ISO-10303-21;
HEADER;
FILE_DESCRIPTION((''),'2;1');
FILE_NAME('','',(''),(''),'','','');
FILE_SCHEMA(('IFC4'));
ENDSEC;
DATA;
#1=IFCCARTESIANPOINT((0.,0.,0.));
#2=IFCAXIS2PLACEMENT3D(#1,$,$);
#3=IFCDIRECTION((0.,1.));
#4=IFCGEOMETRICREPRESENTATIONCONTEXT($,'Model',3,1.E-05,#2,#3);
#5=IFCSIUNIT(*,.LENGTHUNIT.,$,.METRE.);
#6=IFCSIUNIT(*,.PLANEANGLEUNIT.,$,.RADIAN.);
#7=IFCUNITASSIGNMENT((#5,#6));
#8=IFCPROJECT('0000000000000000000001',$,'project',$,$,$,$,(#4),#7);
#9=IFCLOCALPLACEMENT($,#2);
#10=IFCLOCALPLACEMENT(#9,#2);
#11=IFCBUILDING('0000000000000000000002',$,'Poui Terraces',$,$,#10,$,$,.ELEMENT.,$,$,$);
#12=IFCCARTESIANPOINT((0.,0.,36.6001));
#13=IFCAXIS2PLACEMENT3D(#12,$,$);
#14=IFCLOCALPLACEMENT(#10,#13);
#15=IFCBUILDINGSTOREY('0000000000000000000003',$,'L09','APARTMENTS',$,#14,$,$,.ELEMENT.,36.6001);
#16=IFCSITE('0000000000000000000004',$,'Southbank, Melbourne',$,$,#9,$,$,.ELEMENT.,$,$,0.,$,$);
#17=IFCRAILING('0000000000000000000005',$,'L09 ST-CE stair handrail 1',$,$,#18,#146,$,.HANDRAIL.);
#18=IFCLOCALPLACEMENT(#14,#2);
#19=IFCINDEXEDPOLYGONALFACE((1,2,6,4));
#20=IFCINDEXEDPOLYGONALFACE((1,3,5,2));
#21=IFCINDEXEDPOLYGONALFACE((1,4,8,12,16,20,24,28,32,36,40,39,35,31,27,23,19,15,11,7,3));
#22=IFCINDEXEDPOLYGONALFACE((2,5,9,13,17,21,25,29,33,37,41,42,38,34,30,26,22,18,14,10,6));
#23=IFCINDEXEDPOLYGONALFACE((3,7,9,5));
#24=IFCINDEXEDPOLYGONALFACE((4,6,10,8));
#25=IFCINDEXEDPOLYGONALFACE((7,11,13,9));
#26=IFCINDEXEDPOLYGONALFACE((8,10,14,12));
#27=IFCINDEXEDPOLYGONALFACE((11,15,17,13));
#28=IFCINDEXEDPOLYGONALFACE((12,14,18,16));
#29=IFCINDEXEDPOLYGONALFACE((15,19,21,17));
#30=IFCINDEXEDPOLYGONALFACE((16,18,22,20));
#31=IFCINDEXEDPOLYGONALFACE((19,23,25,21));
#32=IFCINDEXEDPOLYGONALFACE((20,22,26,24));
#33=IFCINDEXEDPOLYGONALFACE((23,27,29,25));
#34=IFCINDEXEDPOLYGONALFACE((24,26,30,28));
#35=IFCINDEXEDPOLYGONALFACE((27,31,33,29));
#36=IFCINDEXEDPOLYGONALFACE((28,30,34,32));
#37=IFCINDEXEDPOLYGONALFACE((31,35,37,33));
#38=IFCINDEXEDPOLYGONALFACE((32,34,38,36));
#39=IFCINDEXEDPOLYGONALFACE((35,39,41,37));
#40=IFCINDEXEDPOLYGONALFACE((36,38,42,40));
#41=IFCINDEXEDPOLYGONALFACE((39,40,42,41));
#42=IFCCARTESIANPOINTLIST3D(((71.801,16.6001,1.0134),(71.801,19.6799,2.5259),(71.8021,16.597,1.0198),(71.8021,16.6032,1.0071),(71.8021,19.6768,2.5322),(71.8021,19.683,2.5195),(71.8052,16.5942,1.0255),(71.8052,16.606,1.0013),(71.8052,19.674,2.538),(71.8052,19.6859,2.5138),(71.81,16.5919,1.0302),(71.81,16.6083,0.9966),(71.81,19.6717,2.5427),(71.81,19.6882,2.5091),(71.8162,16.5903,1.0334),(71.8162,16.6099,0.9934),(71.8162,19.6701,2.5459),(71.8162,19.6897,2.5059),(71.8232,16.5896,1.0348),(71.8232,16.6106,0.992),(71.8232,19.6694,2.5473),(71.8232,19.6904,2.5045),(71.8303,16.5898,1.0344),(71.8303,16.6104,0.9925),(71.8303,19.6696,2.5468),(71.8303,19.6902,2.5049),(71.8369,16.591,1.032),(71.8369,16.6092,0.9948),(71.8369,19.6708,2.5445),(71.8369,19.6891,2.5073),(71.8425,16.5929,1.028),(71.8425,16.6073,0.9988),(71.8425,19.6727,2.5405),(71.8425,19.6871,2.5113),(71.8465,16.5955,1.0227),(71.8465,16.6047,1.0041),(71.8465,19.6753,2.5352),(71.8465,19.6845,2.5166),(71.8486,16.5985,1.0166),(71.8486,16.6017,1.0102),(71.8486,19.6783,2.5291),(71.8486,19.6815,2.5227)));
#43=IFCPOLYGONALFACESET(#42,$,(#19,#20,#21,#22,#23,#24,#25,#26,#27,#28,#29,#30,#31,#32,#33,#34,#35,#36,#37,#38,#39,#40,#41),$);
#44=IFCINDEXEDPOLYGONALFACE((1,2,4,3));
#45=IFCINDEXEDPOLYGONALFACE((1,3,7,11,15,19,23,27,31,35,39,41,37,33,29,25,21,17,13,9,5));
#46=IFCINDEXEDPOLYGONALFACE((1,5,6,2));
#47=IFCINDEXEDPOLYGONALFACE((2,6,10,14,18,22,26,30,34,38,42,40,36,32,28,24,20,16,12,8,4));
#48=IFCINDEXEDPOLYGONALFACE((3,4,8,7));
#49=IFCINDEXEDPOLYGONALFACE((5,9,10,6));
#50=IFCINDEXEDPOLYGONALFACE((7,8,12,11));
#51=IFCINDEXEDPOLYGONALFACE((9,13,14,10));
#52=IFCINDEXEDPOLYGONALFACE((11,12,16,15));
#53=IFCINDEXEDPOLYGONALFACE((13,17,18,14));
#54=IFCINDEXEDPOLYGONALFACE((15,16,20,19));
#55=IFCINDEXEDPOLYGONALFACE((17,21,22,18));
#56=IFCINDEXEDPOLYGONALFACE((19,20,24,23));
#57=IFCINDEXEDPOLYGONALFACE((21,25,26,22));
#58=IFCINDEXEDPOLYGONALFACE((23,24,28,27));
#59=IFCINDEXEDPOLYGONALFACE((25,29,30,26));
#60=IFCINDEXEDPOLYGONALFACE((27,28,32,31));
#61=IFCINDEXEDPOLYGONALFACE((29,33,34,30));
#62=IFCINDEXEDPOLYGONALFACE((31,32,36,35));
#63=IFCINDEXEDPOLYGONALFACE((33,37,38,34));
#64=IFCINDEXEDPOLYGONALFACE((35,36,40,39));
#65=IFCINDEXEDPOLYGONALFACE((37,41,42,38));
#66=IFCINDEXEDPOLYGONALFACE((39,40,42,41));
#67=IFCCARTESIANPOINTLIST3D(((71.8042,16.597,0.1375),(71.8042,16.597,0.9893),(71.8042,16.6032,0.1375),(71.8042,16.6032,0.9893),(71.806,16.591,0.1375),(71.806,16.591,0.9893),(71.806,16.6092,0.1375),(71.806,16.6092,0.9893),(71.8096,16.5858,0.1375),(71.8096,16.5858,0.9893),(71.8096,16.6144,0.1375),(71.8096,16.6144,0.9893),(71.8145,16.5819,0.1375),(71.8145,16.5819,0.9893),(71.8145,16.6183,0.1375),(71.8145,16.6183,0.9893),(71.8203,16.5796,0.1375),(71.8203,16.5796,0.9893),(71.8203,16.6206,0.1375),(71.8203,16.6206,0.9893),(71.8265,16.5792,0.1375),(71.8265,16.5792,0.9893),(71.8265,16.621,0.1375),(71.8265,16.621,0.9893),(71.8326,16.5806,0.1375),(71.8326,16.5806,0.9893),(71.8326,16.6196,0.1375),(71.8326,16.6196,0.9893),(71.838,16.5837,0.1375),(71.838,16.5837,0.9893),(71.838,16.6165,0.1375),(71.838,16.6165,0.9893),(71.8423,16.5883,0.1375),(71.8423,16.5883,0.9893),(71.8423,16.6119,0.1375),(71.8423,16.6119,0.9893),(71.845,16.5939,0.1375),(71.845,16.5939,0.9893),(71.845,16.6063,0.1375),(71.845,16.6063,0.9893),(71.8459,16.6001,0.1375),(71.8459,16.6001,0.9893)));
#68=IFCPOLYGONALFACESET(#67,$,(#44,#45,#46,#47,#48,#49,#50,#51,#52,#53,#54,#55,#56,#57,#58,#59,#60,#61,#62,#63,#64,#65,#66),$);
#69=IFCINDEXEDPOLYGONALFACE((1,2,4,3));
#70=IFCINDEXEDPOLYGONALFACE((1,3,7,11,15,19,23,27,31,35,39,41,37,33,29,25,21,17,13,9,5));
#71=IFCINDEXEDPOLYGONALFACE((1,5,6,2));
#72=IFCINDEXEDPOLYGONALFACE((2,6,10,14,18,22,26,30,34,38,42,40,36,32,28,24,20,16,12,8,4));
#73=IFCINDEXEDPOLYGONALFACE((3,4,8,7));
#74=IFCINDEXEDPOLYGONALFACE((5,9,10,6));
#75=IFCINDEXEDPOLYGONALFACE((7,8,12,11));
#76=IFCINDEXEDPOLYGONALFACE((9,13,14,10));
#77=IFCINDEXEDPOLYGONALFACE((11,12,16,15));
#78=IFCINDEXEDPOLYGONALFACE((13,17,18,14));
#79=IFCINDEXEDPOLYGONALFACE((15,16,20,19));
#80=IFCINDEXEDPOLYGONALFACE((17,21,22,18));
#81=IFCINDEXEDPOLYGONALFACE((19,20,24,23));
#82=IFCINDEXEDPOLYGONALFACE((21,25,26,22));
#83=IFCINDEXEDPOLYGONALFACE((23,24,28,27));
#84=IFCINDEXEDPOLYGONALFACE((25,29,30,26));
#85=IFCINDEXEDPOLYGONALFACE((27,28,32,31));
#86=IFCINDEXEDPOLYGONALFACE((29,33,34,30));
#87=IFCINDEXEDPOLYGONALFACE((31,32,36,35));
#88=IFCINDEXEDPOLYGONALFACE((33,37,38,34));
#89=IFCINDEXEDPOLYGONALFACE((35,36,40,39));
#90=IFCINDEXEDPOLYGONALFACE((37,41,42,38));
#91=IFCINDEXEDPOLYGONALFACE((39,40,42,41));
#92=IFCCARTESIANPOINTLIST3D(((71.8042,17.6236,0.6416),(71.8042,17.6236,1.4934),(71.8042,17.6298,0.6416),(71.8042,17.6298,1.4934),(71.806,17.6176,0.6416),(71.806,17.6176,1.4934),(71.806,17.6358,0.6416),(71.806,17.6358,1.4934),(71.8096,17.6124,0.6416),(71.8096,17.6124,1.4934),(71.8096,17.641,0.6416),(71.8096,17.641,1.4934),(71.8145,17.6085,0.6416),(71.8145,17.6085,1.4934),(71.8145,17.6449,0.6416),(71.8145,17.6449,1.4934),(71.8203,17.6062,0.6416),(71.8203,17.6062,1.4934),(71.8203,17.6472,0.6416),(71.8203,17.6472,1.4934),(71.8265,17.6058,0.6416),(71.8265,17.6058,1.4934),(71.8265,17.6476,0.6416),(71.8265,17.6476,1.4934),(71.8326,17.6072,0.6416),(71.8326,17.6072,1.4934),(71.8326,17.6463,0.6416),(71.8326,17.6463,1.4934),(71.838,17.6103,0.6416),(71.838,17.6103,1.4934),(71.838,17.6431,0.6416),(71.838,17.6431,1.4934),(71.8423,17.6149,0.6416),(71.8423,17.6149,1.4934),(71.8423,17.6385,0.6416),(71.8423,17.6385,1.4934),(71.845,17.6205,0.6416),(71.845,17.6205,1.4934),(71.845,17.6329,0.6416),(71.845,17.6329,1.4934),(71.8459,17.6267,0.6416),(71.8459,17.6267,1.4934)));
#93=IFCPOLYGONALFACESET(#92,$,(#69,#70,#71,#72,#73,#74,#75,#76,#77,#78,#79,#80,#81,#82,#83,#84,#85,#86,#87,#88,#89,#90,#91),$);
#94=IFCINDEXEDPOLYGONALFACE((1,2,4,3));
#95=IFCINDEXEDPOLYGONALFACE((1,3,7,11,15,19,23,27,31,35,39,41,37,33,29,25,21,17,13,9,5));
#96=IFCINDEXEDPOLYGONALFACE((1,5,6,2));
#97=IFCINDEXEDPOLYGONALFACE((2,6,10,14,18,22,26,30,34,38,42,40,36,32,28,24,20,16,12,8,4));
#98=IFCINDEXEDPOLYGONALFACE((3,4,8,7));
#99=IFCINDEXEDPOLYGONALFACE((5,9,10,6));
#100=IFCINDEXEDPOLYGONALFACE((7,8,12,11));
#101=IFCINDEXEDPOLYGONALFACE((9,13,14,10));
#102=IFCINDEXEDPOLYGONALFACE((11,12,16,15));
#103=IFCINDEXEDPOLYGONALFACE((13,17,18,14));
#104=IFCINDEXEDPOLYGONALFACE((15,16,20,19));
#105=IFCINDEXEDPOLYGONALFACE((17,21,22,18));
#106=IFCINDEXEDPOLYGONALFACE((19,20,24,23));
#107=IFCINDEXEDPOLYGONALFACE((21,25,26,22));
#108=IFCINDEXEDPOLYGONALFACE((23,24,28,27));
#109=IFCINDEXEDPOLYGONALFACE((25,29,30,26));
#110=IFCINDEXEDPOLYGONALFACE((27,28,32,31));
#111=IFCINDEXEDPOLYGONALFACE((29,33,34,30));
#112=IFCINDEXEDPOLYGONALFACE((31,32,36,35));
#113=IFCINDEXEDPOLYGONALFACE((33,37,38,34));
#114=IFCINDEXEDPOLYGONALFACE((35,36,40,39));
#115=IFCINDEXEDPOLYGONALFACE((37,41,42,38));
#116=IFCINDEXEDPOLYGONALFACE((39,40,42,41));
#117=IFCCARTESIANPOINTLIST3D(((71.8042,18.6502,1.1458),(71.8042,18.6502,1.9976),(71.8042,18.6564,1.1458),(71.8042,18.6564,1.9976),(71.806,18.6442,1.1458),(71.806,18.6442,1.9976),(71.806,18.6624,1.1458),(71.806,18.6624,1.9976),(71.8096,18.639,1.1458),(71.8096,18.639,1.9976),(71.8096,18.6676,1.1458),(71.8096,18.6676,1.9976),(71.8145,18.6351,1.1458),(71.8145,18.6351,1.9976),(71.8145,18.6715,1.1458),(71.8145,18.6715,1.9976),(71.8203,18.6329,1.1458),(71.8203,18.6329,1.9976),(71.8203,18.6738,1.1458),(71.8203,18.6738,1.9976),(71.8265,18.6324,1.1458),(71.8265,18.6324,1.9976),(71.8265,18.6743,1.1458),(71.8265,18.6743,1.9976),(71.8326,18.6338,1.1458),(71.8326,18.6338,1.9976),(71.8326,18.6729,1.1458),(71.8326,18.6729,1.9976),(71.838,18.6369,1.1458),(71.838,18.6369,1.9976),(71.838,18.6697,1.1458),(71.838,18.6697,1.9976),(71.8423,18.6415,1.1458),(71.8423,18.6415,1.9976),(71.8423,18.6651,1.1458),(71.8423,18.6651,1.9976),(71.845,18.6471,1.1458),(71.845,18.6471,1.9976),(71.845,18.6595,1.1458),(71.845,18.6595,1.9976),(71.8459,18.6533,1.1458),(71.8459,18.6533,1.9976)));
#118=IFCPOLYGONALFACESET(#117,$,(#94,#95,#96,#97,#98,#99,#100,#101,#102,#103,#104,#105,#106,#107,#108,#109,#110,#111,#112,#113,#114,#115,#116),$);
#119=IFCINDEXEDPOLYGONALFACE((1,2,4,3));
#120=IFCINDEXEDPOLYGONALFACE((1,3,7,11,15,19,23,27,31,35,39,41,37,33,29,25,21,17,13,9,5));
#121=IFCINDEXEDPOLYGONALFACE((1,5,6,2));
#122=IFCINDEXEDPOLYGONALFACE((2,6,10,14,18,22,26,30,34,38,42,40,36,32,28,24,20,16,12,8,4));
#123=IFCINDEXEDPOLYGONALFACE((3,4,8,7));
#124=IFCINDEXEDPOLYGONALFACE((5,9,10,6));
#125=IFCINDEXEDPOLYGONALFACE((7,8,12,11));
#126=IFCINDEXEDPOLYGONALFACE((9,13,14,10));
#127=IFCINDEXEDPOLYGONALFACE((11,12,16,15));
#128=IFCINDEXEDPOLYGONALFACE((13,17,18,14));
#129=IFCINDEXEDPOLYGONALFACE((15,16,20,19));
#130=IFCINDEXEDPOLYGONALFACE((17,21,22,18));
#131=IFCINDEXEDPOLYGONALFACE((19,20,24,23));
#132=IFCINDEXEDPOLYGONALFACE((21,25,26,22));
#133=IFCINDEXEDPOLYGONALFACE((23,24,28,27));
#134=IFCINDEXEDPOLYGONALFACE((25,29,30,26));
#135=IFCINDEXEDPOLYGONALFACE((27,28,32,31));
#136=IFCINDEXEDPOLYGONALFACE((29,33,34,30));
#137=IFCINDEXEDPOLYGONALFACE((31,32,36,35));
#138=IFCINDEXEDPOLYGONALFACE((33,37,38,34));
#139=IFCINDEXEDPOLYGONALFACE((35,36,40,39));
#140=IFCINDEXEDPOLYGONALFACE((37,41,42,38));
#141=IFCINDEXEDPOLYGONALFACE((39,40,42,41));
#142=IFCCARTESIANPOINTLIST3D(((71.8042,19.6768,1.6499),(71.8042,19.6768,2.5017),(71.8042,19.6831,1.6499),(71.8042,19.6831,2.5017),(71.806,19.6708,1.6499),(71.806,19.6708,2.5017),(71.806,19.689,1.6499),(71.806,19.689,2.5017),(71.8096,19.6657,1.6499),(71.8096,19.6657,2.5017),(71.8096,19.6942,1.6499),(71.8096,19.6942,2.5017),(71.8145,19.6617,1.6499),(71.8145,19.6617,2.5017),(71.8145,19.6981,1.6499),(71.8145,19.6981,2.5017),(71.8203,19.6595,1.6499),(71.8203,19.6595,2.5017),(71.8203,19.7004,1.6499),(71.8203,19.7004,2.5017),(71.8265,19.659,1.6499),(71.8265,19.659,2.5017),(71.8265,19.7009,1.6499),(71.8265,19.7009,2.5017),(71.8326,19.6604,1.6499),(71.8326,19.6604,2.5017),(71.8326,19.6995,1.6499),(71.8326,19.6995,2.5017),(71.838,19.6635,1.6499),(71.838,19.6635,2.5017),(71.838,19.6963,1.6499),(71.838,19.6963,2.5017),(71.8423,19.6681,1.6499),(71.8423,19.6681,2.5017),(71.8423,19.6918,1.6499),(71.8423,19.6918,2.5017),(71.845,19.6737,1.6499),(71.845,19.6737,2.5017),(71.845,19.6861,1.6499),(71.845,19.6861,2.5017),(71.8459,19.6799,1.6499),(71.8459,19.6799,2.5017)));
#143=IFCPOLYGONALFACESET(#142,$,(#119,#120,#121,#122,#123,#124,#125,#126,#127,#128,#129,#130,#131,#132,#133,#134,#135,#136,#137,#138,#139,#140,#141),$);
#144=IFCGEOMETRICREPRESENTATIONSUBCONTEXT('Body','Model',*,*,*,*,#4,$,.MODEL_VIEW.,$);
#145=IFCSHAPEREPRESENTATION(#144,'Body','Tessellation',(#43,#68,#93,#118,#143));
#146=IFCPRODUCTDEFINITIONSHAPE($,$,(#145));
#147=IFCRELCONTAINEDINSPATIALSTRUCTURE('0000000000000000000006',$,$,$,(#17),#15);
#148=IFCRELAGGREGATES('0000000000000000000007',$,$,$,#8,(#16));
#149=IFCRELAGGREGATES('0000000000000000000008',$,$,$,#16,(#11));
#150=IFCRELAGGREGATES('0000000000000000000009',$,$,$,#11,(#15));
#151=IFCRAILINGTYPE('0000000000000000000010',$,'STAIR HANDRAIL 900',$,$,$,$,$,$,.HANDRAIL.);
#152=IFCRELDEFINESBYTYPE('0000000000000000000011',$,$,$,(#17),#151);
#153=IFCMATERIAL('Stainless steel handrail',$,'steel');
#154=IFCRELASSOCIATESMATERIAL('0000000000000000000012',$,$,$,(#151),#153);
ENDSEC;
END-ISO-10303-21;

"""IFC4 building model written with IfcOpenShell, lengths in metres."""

from ifc_helpers import new_model, si_unit, direction, frame, origin, origin_2d, place, context, subcontext, project, spatial, circle, extrude, material, type_object, element, save


model = new_model("IFC4")

# Units and contexts
model_context = context("Model", 3, precision=1e-05, world=origin(), true_north=direction((0.0, 1.0)))
body_context = subcontext(model_context, "Body", "Model", "MODEL_VIEW")
ifc_project = project(units=[si_unit("LENGTHUNIT", "METRE"), si_unit("PLANEANGLEUNIT", "RADIAN")], contexts=[model_context])

# Site, building, storey
site_placement = place(None, origin())
site = spatial("IfcSite", under=ifc_project, at=site_placement, Name="Southbank, Melbourne", CompositionType="ELEMENT", RefElevation=0.0)
building_placement = place(site_placement, origin())
building = spatial("IfcBuilding", under=site, at=building_placement, Name="Poui Terraces", CompositionType="ELEMENT")
storey_placement = place(building_placement, frame((0.0, 0.0, 36.6001)))
storey = spatial("IfcBuildingStorey", under=building, at=storey_placement, Name="L09", Description="APARTMENTS", CompositionType="ELEMENT", Elevation=36.6001)

# Railing
ifc_material_1 = material(Name="Stainless steel handrail", Category="steel")
railing_type_1 = type_object("IfcRailingType", Name="STAIR HANDRAIL 900", PredefinedType="HANDRAIL", material=ifc_material_1)
railing_1_placement = place(storey_placement, frame((71.825, 16.6001, 0.1375)))
element("IfcRailing", 1, at=railing_1_placement, inside=storey, type_object=railing_type_1, Name="L09 ST-CE stair handrail 1", PredefinedType="HANDRAIL", context=body_context, shape_type="SweptSolid", body=[
    extrude(circle(Radius=0.0239, at=origin_2d()), frame((0.0, 0.0, 0.876), z_axis=(0.0, 0.897606, 0.440798), x_axis=(-1.0, 0.0, 0.0)), (0.0, 0.0, 1.0), 3.4312),
    extrude(circle(Radius=0.021, at=origin_2d()), origin(), (0.0, 0.0, 1.0), 0.8518),
    extrude(circle(Radius=0.021, at=origin_2d()), frame((0.0, 1.0266, 0.5042)), (0.0, 0.0, 1.0), 0.8518),
    extrude(circle(Radius=0.021, at=origin_2d()), frame((0.0, 2.0532, 1.0083)), (0.0, 0.0, 1.0), 0.8518),
    extrude(circle(Radius=0.021, at=origin_2d()), frame((0.0, 3.0798, 1.5125)), (0.0, 0.0, 1.0), 0.8518),
])

save(model, "model.ifc")
